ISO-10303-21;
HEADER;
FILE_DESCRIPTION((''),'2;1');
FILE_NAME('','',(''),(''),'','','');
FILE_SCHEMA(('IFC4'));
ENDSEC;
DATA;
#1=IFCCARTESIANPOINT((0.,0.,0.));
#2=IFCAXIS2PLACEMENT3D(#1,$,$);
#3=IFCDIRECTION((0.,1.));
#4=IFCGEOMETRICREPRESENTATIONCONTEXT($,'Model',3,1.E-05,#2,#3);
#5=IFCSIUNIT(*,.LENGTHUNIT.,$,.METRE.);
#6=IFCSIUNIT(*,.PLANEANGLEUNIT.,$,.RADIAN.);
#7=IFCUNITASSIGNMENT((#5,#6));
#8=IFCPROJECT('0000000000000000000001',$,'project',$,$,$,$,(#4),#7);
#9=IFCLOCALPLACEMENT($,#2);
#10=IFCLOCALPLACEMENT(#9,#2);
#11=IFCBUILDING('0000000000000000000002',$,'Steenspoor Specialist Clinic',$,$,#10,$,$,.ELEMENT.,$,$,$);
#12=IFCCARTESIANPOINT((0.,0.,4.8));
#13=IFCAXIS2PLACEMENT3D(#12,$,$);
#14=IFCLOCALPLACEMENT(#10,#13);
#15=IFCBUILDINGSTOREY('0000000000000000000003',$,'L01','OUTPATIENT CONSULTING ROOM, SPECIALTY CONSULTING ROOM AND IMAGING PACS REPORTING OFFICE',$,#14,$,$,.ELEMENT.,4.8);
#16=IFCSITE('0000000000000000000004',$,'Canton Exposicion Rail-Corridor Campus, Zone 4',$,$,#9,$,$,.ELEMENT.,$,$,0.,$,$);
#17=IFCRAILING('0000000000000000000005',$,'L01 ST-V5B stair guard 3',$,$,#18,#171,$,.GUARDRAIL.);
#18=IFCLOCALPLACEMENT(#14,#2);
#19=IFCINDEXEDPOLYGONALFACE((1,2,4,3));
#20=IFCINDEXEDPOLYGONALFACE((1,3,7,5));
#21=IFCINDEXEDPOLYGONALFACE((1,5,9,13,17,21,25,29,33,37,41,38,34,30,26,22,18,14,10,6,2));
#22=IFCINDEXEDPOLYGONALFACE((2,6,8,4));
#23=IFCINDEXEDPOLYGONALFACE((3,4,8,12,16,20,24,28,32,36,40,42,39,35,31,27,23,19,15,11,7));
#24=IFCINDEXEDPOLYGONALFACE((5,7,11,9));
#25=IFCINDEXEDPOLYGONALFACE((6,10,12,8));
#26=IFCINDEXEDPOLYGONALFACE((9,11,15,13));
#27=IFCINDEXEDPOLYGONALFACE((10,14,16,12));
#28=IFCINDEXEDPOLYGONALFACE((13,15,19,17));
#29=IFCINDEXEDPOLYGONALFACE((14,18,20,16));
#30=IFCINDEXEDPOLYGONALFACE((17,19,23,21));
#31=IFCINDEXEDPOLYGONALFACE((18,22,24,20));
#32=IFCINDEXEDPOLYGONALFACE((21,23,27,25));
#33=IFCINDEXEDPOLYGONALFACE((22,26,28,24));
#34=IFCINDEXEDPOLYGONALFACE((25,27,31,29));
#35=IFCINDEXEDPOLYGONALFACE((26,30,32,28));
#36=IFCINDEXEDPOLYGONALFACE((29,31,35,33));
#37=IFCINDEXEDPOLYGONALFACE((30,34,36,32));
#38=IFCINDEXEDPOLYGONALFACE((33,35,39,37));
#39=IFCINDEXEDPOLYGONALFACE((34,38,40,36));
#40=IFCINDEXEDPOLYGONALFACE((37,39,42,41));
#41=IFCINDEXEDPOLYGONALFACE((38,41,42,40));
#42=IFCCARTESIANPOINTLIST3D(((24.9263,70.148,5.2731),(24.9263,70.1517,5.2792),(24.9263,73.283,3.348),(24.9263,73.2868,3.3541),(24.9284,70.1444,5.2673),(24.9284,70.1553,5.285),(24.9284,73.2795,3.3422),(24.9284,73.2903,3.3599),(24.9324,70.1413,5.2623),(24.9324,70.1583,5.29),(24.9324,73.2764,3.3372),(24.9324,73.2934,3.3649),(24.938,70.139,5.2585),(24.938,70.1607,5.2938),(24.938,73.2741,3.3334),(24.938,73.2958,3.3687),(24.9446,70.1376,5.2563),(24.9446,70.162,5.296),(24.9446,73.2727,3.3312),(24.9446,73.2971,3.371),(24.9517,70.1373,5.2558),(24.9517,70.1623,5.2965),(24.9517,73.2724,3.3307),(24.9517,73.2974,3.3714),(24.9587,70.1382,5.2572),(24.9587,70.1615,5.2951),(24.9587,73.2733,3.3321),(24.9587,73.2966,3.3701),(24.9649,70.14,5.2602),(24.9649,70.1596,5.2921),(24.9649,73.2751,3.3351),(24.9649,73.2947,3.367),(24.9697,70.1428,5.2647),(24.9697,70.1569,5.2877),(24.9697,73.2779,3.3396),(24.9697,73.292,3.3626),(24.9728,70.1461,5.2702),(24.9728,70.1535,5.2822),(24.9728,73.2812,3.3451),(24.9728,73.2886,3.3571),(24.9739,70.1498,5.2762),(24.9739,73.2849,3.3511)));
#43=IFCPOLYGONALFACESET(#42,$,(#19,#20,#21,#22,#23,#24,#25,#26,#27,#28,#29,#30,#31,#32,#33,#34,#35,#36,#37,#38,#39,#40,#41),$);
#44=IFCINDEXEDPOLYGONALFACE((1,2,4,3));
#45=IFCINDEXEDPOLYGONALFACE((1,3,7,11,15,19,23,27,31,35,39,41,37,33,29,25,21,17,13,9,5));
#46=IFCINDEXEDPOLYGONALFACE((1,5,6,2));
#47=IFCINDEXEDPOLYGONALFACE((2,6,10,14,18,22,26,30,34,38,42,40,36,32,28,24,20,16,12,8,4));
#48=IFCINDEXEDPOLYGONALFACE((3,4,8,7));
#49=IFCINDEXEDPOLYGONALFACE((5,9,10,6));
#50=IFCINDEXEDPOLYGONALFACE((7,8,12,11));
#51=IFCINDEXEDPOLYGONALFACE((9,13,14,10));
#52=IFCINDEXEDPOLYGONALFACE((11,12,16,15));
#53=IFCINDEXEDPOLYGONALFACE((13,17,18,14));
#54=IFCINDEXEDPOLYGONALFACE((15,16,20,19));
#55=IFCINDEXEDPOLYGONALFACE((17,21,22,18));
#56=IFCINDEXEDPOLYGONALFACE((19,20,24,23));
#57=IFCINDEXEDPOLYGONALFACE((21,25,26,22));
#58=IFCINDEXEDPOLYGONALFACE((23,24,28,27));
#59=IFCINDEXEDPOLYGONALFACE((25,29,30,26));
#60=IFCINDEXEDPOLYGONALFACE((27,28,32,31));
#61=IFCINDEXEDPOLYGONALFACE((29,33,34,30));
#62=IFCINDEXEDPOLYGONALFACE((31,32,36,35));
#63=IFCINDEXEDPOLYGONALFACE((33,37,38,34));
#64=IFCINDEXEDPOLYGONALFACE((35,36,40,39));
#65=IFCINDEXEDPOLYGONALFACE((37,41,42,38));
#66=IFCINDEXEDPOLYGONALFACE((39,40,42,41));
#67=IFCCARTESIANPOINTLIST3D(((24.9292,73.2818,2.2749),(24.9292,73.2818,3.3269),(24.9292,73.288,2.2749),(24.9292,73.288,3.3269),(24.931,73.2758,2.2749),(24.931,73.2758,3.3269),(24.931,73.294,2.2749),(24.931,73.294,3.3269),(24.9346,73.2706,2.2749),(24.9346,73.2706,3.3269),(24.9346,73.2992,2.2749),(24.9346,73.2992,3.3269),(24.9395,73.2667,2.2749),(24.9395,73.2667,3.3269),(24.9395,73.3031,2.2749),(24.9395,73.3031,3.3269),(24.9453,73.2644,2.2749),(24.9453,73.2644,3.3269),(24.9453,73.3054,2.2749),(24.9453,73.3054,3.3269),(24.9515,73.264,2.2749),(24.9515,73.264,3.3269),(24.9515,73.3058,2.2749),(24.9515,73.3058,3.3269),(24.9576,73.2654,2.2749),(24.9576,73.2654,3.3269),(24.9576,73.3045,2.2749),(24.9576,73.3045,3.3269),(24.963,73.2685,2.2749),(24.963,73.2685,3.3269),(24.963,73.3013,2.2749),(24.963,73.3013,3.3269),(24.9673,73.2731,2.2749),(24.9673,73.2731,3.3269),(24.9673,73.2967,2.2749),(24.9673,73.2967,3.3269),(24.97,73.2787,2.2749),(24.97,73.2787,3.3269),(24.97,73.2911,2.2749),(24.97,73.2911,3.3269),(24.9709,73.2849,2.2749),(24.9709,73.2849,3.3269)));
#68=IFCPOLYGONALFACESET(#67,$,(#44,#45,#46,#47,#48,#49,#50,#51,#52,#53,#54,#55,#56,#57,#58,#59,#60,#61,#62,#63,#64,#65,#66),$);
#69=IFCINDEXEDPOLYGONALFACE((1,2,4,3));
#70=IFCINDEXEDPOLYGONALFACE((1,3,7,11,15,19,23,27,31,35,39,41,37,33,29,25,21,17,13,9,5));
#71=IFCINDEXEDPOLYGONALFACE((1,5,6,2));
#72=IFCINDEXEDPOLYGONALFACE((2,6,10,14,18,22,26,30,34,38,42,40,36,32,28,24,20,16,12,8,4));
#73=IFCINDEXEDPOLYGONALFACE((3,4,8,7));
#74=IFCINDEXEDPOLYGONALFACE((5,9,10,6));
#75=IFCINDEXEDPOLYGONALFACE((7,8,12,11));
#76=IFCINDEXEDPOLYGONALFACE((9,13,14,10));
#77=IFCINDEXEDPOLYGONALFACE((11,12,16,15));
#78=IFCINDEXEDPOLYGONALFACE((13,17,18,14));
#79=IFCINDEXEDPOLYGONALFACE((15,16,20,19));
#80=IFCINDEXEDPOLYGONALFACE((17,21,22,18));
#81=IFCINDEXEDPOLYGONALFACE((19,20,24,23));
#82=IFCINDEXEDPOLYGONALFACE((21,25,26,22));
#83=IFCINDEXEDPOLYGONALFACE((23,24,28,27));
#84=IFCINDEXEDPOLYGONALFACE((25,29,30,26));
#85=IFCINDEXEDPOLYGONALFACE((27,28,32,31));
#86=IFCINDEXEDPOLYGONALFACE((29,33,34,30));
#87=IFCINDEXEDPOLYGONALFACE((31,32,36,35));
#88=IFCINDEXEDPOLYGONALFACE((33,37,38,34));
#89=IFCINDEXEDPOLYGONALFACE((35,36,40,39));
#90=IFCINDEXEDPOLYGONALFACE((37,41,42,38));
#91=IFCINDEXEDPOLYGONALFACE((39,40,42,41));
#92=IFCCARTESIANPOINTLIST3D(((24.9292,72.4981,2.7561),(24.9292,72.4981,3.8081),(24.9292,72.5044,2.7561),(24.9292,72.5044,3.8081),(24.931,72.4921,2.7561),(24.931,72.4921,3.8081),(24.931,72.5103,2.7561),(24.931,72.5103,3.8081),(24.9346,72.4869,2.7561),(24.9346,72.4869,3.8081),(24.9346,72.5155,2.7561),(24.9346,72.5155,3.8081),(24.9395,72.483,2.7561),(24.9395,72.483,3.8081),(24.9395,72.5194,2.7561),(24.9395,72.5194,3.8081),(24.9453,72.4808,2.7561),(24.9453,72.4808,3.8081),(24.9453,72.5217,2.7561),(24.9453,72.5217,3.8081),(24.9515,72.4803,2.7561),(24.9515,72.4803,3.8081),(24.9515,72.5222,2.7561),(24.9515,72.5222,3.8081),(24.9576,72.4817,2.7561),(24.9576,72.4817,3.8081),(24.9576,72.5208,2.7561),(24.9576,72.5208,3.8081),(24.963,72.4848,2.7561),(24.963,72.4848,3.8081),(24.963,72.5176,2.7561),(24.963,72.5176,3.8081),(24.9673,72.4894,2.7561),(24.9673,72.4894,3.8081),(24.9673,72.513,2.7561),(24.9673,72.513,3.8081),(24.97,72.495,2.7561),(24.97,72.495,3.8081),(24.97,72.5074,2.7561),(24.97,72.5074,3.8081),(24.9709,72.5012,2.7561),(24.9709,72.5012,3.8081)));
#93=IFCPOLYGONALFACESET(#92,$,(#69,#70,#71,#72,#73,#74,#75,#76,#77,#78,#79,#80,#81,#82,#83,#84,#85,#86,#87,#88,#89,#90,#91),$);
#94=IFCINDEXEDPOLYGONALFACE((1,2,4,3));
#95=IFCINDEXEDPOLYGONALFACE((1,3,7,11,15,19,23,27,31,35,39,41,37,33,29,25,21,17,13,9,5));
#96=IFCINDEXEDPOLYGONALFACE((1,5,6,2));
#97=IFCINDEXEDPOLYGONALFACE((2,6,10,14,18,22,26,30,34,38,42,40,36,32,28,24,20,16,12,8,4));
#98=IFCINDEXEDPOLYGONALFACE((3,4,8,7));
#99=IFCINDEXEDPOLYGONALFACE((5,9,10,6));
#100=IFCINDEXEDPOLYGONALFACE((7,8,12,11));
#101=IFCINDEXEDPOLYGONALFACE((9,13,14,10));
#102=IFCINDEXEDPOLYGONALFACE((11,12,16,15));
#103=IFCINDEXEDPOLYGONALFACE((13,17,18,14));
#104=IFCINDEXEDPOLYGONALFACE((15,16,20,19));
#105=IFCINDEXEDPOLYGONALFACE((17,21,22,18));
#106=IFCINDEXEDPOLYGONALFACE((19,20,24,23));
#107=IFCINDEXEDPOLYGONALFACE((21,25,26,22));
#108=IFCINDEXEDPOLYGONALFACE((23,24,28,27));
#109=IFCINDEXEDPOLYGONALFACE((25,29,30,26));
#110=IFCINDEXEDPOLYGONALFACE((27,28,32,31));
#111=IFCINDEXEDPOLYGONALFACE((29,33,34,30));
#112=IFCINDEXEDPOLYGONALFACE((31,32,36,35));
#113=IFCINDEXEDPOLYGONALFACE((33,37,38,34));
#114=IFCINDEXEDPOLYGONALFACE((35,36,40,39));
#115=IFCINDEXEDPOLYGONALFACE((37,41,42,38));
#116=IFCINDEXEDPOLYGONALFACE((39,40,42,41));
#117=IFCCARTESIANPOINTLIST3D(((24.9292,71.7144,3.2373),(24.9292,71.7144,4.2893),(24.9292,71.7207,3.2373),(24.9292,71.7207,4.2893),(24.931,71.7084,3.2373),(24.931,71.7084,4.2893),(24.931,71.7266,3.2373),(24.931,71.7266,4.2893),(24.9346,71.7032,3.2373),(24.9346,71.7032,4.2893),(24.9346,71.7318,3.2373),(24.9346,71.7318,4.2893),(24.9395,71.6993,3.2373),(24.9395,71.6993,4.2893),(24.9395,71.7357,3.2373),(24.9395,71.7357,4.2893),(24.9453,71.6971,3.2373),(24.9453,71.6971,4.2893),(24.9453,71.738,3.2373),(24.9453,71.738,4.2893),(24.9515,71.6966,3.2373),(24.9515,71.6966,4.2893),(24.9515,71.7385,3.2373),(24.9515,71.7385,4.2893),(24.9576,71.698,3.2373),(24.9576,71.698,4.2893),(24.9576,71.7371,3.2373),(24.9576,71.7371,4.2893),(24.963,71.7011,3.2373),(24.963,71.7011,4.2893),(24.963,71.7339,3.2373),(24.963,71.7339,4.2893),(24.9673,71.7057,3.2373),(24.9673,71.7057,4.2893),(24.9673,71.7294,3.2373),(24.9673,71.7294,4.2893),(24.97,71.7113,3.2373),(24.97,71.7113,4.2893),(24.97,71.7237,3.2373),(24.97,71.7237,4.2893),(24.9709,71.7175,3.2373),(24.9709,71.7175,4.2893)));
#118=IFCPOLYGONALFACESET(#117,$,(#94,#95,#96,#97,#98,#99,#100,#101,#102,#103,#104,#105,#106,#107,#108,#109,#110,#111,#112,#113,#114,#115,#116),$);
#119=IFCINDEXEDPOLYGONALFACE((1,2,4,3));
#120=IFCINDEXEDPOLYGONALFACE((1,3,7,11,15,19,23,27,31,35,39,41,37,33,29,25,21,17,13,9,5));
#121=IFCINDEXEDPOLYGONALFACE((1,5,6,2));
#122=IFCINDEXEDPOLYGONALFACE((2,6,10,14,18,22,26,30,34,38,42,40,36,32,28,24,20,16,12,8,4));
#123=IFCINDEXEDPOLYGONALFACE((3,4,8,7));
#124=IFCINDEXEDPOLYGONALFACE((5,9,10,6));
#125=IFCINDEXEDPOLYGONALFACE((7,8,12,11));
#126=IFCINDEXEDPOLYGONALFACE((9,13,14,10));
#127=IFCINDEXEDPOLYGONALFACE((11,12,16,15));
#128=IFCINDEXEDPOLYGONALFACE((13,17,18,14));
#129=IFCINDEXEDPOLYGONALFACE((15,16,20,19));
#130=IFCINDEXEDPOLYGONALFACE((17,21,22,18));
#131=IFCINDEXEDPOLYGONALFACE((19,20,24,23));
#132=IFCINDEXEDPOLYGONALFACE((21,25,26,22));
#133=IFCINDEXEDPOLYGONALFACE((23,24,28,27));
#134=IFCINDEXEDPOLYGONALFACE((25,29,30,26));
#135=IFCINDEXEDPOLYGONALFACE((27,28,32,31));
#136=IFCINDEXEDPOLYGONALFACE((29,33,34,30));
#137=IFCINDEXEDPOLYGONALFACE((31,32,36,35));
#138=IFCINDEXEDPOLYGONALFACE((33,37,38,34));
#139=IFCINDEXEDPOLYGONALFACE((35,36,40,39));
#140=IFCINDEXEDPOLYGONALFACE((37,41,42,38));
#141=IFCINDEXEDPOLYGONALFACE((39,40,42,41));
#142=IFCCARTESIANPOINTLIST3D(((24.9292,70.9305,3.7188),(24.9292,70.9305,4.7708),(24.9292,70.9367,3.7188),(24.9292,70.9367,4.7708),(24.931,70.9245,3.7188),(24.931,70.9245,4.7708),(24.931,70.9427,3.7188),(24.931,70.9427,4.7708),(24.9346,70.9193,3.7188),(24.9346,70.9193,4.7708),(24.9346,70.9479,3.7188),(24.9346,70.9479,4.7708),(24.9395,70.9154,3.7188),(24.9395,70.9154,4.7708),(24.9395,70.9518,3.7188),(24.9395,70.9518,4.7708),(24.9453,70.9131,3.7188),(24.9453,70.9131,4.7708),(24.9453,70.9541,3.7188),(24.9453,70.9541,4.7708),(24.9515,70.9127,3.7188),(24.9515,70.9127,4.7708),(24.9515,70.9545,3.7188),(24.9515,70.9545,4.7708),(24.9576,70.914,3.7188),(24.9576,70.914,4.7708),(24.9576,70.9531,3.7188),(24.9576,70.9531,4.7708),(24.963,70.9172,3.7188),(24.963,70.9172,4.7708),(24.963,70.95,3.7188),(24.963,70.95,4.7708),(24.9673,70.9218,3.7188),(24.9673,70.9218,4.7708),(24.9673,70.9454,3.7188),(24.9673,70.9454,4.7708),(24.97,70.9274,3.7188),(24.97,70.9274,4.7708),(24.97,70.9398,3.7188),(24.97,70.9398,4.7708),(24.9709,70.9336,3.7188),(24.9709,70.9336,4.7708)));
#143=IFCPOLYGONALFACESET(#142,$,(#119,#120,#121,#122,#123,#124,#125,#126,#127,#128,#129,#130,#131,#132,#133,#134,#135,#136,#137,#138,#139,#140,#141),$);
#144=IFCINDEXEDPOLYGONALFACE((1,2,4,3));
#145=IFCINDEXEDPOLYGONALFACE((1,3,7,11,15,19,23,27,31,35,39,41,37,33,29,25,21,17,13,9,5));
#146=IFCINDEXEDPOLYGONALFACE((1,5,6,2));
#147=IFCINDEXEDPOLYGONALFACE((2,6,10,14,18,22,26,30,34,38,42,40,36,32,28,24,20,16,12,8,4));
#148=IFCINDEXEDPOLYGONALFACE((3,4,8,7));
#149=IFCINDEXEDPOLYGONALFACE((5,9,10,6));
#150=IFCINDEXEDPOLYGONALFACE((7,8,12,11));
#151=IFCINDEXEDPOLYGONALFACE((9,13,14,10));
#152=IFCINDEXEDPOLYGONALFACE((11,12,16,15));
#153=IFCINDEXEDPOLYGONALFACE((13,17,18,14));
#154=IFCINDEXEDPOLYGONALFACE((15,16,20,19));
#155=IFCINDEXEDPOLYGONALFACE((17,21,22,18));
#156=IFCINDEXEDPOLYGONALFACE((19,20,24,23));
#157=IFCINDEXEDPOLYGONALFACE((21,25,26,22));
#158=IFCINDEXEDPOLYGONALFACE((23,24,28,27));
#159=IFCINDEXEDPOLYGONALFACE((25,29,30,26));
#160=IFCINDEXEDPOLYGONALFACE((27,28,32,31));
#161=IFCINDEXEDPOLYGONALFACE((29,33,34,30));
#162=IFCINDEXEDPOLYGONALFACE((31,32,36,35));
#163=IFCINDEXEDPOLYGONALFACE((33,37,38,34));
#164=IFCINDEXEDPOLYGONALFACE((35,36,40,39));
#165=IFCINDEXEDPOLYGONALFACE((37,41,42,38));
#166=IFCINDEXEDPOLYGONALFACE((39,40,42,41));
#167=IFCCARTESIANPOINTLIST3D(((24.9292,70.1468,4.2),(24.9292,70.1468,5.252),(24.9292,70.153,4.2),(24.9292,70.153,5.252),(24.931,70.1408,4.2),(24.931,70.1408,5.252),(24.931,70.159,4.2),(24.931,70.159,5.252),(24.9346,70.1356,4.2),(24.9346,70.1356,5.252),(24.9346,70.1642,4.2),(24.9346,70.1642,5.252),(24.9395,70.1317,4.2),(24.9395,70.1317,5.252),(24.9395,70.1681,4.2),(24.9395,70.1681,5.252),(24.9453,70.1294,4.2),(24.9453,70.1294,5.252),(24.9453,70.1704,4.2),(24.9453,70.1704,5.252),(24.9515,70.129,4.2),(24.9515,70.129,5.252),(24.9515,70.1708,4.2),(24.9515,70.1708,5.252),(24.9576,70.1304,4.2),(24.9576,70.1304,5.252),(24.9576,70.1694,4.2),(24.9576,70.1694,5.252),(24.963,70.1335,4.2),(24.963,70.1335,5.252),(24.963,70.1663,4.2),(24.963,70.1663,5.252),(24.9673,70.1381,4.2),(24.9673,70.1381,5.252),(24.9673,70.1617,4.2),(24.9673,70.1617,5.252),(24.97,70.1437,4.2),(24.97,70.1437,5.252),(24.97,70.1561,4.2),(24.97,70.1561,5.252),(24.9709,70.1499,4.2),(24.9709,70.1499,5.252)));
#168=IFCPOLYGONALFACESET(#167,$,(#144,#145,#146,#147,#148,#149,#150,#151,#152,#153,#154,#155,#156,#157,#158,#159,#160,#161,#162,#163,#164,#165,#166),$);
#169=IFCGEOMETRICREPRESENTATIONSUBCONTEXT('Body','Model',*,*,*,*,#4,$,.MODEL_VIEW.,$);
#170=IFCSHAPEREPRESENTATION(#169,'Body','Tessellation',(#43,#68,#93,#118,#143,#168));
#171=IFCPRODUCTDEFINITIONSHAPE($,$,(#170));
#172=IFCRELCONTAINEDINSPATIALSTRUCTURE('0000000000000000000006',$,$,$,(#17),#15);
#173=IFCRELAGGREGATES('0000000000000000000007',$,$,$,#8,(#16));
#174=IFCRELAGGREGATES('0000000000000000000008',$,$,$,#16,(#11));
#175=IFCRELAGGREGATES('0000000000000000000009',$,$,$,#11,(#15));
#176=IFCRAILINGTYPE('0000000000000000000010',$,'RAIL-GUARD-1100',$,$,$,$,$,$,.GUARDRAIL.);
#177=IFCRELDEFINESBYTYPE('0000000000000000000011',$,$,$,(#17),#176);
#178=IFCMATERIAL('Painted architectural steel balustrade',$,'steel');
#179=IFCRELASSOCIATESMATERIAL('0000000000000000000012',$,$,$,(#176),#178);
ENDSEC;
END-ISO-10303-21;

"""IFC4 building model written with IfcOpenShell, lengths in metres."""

from ifc_helpers import new_model, si_unit, direction, frame, origin, origin_2d, place, context, subcontext, project, spatial, circle, extrude, material, type_object, element, save


model = new_model("IFC4")

# Units and contexts
model_context = context("Model", 3, precision=1e-05, world=origin(), true_north=direction((0.0, 1.0)))
body_context = subcontext(model_context, "Body", "Model", "MODEL_VIEW")
ifc_project = project(units=[si_unit("LENGTHUNIT", "METRE"), si_unit("PLANEANGLEUNIT", "RADIAN")], contexts=[model_context])

# Site, building, storey
site_placement = place(None, origin())
site = spatial("IfcSite", under=ifc_project, at=site_placement, Name="Canton Exposicion Rail-Corridor Campus, Zone 4", CompositionType="ELEMENT", RefElevation=0.0)
building_placement = place(site_placement, origin())
building = spatial("IfcBuilding", under=site, at=building_placement, Name="Steenspoor Specialist Clinic", CompositionType="ELEMENT")
storey_placement = place(building_placement, frame((0.0, 0.0, 4.8)))
storey = spatial("IfcBuildingStorey", under=building, at=storey_placement, Name="L01", Description="OUTPATIENT CONSULTING ROOM, SPECIALTY CONSULTING ROOM AND IMAGING PACS REPORTING OFFICE", CompositionType="ELEMENT", Elevation=4.8)

# Railing
ifc_material_1 = material(Name="Painted architectural steel balustrade", Category="steel")
railing_type_1 = type_object("IfcRailingType", Name="RAIL-GUARD-1100", PredefinedType="GUARDRAIL", material=ifc_material_1)
railing_1_placement = place(storey_placement, frame((24.95, 73.2849, 2.2749)))
element("IfcRailing", 1, at=railing_1_placement, inside=storey, type_object=railing_type_1, Name="L01 ST-V5B stair guard 3", PredefinedType="GUARDRAIL", context=body_context, shape_type="SweptSolid", body=[
    extrude(circle(Radius=0.0239, at=origin_2d()), frame((0.0, 0.0, 1.0762), z_axis=(0.0, -0.852166, 0.523271), x_axis=(1.0, 0.0, 0.0)), (0.0, 0.0, 1.0), 3.679),
    extrude(circle(Radius=0.021, at=origin_2d()), origin(), (0.0, 0.0, 1.0), 1.052),
    extrude(circle(Radius=0.021, at=origin_2d()), frame((0.0, -0.7837, 0.4812)), (0.0, 0.0, 1.0), 1.052),
    extrude(circle(Radius=0.021, at=origin_2d()), frame((0.0, -1.5674, 0.9624)), (0.0, 0.0, 1.0), 1.052),
    extrude(circle(Radius=0.021, at=origin_2d()), frame((0.0, -2.3513, 1.4438)), (0.0, 0.0, 1.0), 1.052),
    extrude(circle(Radius=0.021, at=origin_2d()), frame((0.0, -3.135, 1.925)), (0.0, 0.0, 1.0), 1.052),
])

save(model, "model.ifc")
